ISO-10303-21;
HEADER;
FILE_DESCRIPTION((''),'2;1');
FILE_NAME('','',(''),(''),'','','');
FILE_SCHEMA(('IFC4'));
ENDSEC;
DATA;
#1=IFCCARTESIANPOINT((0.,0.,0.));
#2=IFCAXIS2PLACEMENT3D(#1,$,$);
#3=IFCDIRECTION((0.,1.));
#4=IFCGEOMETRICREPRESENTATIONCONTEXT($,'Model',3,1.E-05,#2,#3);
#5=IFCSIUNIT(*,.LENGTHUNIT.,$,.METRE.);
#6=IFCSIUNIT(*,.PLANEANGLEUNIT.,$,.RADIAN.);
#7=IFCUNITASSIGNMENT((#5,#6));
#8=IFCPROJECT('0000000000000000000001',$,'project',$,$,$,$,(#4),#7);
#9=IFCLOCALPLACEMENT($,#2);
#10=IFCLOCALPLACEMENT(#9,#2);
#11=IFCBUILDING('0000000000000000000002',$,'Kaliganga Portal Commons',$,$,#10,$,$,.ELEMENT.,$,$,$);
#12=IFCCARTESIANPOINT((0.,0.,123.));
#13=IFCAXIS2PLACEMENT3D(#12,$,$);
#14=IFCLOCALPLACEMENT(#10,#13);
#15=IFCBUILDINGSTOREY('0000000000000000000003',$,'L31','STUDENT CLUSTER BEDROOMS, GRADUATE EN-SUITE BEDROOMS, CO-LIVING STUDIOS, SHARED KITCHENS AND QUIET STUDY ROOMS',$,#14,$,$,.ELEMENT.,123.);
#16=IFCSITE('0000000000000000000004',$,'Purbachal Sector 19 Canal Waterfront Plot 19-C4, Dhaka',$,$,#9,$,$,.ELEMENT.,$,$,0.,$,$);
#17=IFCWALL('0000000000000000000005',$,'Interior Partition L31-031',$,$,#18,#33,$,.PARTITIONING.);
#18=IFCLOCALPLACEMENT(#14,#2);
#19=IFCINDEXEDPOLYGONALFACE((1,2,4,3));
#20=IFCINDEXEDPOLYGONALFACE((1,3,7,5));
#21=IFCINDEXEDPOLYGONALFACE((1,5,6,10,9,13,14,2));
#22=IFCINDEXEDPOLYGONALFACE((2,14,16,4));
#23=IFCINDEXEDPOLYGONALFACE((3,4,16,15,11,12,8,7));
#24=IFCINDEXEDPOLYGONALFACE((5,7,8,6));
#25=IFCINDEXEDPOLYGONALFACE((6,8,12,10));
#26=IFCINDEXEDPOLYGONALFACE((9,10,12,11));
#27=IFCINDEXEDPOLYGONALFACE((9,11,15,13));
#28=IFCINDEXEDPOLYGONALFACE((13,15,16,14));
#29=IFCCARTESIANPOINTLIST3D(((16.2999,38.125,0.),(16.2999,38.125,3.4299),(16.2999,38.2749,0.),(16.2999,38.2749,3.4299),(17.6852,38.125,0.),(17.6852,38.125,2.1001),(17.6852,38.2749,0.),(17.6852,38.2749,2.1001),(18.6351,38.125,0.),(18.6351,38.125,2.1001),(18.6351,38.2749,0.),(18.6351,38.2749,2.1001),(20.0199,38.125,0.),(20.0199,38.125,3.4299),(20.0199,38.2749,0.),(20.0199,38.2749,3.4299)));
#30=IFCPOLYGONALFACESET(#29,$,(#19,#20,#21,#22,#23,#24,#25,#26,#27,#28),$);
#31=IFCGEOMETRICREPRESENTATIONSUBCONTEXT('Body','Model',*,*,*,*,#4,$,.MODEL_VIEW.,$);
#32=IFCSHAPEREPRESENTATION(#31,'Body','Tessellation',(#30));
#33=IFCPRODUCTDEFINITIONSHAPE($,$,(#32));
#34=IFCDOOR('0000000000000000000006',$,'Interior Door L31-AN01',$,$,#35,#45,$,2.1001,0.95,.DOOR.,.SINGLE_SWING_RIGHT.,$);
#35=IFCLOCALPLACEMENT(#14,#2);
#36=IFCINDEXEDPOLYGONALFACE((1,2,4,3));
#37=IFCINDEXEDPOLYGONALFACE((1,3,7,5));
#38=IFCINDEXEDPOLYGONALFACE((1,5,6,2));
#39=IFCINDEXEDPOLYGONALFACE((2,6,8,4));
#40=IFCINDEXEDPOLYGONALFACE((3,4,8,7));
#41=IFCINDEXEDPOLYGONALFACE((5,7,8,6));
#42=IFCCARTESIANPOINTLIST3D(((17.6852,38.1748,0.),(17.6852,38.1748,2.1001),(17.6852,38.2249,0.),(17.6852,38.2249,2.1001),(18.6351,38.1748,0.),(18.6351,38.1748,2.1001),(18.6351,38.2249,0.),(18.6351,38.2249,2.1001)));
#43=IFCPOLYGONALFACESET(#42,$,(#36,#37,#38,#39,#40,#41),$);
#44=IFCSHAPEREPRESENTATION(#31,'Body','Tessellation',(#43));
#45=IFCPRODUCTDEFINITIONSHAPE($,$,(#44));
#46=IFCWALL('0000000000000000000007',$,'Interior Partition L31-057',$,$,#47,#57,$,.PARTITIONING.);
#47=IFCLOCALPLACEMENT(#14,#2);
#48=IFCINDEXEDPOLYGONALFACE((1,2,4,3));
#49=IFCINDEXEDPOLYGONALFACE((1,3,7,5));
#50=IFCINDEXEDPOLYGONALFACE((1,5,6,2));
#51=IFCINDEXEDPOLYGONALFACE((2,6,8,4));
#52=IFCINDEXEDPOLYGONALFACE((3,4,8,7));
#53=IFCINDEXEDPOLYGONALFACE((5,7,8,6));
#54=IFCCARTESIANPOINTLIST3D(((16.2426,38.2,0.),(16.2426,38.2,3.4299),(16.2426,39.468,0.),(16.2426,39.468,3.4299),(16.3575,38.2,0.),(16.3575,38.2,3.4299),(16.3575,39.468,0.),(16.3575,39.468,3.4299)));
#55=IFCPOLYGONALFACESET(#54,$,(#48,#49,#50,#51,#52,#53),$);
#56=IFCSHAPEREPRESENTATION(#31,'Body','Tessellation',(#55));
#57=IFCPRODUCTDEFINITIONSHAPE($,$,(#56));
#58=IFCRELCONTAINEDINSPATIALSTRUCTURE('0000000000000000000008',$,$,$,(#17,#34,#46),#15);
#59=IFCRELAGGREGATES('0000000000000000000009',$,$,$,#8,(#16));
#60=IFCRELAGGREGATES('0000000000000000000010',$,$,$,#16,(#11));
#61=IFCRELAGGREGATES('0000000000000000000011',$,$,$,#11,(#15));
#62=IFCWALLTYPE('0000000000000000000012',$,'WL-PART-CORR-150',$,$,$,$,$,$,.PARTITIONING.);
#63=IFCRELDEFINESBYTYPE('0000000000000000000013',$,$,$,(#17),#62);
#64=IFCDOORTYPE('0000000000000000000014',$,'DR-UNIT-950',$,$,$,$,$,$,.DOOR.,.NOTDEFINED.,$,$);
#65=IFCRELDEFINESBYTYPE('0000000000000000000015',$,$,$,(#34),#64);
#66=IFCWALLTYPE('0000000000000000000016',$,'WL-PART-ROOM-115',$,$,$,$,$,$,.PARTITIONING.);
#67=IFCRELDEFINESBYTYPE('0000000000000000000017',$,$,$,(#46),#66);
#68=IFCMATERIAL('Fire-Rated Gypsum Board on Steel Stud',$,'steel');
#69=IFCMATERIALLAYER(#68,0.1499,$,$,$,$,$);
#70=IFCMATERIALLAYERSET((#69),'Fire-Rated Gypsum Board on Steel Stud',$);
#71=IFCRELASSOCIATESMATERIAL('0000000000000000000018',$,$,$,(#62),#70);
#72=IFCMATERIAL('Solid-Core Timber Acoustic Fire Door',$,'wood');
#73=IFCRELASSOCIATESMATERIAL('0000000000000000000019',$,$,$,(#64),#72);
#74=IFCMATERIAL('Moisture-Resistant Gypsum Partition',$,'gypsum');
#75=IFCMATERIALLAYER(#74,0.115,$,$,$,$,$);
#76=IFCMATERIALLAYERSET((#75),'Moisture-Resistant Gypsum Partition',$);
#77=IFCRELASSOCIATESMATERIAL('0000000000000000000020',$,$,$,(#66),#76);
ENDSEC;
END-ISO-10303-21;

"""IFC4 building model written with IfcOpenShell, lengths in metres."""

from ifc_helpers import new_model, si_unit, direction, frame, frame_2d, origin, place, context, subcontext, project, spatial, rectangle, extrude, material, layer, layer_set, type_object, element, fill, save


model = new_model("IFC4")

# Units and contexts
model_context = context("Model", 3, precision=1e-05, world=origin(), true_north=direction((0.0, 1.0)))
body_context = subcontext(model_context, "Body", "Model", "MODEL_VIEW")
ifc_project = project(units=[si_unit("LENGTHUNIT", "METRE"), si_unit("PLANEANGLEUNIT", "RADIAN")], contexts=[model_context])

# Site, building, storey
site_placement = place(None, origin())
site = spatial("IfcSite", under=ifc_project, at=site_placement, Name="Purbachal Sector 19 Canal Waterfront Plot 19-C4, Dhaka", CompositionType="ELEMENT", RefElevation=0.0)
building_placement = place(site_placement, origin())
building = spatial("IfcBuilding", under=site, at=building_placement, Name="Kaliganga Portal Commons", CompositionType="ELEMENT")
storey_placement = place(building_placement, frame((0.0, 0.0, 123.0)))
storey = spatial("IfcBuildingStorey", under=building, at=storey_placement, Name="L31", Description="STUDENT CLUSTER BEDROOMS, GRADUATE EN-SUITE BEDROOMS, CO-LIVING STUDIOS, SHARED KITCHENS AND QUIET STUDY ROOMS", CompositionType="ELEMENT", Elevation=123.0)

# Wall, opening, door
ifc_material_1 = material(Name="Fire-Rated Gypsum Board on Steel Stud", Category="steel")
ifc_layer_1 = layer(ifc_material_1, 0.1499)
ifc_layer_set_1 = layer_set([ifc_layer_1], Name="Fire-Rated Gypsum Board on Steel Stud")
wall_type_1 = type_object("IfcWallType", Name="WL-PART-CORR-150", PredefinedType="PARTITIONING", material=ifc_layer_set_1)
wall_1_placement = place(storey_placement, frame((16.3, 38.2, 0.0), z_axis=(0.0, 0.0, 1.0), x_axis=(1.0, 0.0, 0.0)))
wall_1 = element("IfcWall", 1, at=wall_1_placement, inside=storey, type_object=wall_type_1, Name="Interior Partition L31-031", PredefinedType="PARTITIONING", context=body_context, shape_type="SweptSolid", body=[
    extrude(rectangle(XDim=3.72, YDim=0.1499, at=frame_2d((1.8599, 0.0))), origin(), (0.0, 0.0, 1.0), 3.4299),
])
opening_1_placement = place(wall_1_placement, frame((1.385, 0.0, 0.0)))
opening_1 = element("IfcOpeningElement", 2, at=opening_1_placement, cuts=wall_1, PredefinedType="OPENING", context=body_context, shape_type="SweptSolid", body=[
    extrude(rectangle(XDim=0.95, YDim=2.1001, at=frame_2d((0.4751, 1.05))), frame((0.0, 0.085, 0.0), z_axis=(0.0, -1.0, 0.0), x_axis=(1.0, 0.0, 0.0)), (0.0, 0.0, 1.0), 0.1699),
])
ifc_material_2 = material(Name="Solid-Core Timber Acoustic Fire Door", Category="wood")
door_type = type_object("IfcDoorType", Name="DR-UNIT-950", OperationType="NOTDEFINED", PredefinedType="DOOR", material=ifc_material_2)
door_placement = place(opening_1_placement, origin())
door = element("IfcDoor", 3, at=door_placement, inside=storey, type_object=door_type, Name="Interior Door L31-AN01", OperationType="SINGLE_SWING_RIGHT", OverallHeight=2.1001, OverallWidth=0.95, PredefinedType="DOOR", context=body_context, shape_type="SweptSolid", body=[
    extrude(rectangle(XDim=0.95, YDim=2.1001, at=frame_2d((0.4751, 1.05))), frame((0.0, 0.0249, 0.0), z_axis=(0.0, -1.0, 0.0), x_axis=(1.0, 0.0, 0.0)), (0.0, 0.0, 1.0), 0.05),
])
fill(opening_1, door)

# Wall
ifc_material_3 = material(Name="Moisture-Resistant Gypsum Partition", Category="gypsum")
ifc_layer_2 = layer(ifc_material_3, 0.115)
ifc_layer_set_2 = layer_set([ifc_layer_2], Name="Moisture-Resistant Gypsum Partition")
wall_type_2 = type_object("IfcWallType", Name="WL-PART-ROOM-115", PredefinedType="PARTITIONING", material=ifc_layer_set_2)
wall_2_placement = place(storey_placement, frame((16.3, 38.2, 0.0), z_axis=(0.0, 0.0, 1.0), x_axis=(0.0, 1.0, 0.0)))
element("IfcWall", 4, at=wall_2_placement, inside=storey, type_object=wall_type_2, Name="Interior Partition L31-057", PredefinedType="PARTITIONING", context=body_context, shape_type="SweptSolid", body=[
    extrude(rectangle(XDim=1.2681, YDim=0.115, at=frame_2d((0.634, 0.0))), origin(), (0.0, 0.0, 1.0), 3.4299),
])

save(model, "model.ifc")
